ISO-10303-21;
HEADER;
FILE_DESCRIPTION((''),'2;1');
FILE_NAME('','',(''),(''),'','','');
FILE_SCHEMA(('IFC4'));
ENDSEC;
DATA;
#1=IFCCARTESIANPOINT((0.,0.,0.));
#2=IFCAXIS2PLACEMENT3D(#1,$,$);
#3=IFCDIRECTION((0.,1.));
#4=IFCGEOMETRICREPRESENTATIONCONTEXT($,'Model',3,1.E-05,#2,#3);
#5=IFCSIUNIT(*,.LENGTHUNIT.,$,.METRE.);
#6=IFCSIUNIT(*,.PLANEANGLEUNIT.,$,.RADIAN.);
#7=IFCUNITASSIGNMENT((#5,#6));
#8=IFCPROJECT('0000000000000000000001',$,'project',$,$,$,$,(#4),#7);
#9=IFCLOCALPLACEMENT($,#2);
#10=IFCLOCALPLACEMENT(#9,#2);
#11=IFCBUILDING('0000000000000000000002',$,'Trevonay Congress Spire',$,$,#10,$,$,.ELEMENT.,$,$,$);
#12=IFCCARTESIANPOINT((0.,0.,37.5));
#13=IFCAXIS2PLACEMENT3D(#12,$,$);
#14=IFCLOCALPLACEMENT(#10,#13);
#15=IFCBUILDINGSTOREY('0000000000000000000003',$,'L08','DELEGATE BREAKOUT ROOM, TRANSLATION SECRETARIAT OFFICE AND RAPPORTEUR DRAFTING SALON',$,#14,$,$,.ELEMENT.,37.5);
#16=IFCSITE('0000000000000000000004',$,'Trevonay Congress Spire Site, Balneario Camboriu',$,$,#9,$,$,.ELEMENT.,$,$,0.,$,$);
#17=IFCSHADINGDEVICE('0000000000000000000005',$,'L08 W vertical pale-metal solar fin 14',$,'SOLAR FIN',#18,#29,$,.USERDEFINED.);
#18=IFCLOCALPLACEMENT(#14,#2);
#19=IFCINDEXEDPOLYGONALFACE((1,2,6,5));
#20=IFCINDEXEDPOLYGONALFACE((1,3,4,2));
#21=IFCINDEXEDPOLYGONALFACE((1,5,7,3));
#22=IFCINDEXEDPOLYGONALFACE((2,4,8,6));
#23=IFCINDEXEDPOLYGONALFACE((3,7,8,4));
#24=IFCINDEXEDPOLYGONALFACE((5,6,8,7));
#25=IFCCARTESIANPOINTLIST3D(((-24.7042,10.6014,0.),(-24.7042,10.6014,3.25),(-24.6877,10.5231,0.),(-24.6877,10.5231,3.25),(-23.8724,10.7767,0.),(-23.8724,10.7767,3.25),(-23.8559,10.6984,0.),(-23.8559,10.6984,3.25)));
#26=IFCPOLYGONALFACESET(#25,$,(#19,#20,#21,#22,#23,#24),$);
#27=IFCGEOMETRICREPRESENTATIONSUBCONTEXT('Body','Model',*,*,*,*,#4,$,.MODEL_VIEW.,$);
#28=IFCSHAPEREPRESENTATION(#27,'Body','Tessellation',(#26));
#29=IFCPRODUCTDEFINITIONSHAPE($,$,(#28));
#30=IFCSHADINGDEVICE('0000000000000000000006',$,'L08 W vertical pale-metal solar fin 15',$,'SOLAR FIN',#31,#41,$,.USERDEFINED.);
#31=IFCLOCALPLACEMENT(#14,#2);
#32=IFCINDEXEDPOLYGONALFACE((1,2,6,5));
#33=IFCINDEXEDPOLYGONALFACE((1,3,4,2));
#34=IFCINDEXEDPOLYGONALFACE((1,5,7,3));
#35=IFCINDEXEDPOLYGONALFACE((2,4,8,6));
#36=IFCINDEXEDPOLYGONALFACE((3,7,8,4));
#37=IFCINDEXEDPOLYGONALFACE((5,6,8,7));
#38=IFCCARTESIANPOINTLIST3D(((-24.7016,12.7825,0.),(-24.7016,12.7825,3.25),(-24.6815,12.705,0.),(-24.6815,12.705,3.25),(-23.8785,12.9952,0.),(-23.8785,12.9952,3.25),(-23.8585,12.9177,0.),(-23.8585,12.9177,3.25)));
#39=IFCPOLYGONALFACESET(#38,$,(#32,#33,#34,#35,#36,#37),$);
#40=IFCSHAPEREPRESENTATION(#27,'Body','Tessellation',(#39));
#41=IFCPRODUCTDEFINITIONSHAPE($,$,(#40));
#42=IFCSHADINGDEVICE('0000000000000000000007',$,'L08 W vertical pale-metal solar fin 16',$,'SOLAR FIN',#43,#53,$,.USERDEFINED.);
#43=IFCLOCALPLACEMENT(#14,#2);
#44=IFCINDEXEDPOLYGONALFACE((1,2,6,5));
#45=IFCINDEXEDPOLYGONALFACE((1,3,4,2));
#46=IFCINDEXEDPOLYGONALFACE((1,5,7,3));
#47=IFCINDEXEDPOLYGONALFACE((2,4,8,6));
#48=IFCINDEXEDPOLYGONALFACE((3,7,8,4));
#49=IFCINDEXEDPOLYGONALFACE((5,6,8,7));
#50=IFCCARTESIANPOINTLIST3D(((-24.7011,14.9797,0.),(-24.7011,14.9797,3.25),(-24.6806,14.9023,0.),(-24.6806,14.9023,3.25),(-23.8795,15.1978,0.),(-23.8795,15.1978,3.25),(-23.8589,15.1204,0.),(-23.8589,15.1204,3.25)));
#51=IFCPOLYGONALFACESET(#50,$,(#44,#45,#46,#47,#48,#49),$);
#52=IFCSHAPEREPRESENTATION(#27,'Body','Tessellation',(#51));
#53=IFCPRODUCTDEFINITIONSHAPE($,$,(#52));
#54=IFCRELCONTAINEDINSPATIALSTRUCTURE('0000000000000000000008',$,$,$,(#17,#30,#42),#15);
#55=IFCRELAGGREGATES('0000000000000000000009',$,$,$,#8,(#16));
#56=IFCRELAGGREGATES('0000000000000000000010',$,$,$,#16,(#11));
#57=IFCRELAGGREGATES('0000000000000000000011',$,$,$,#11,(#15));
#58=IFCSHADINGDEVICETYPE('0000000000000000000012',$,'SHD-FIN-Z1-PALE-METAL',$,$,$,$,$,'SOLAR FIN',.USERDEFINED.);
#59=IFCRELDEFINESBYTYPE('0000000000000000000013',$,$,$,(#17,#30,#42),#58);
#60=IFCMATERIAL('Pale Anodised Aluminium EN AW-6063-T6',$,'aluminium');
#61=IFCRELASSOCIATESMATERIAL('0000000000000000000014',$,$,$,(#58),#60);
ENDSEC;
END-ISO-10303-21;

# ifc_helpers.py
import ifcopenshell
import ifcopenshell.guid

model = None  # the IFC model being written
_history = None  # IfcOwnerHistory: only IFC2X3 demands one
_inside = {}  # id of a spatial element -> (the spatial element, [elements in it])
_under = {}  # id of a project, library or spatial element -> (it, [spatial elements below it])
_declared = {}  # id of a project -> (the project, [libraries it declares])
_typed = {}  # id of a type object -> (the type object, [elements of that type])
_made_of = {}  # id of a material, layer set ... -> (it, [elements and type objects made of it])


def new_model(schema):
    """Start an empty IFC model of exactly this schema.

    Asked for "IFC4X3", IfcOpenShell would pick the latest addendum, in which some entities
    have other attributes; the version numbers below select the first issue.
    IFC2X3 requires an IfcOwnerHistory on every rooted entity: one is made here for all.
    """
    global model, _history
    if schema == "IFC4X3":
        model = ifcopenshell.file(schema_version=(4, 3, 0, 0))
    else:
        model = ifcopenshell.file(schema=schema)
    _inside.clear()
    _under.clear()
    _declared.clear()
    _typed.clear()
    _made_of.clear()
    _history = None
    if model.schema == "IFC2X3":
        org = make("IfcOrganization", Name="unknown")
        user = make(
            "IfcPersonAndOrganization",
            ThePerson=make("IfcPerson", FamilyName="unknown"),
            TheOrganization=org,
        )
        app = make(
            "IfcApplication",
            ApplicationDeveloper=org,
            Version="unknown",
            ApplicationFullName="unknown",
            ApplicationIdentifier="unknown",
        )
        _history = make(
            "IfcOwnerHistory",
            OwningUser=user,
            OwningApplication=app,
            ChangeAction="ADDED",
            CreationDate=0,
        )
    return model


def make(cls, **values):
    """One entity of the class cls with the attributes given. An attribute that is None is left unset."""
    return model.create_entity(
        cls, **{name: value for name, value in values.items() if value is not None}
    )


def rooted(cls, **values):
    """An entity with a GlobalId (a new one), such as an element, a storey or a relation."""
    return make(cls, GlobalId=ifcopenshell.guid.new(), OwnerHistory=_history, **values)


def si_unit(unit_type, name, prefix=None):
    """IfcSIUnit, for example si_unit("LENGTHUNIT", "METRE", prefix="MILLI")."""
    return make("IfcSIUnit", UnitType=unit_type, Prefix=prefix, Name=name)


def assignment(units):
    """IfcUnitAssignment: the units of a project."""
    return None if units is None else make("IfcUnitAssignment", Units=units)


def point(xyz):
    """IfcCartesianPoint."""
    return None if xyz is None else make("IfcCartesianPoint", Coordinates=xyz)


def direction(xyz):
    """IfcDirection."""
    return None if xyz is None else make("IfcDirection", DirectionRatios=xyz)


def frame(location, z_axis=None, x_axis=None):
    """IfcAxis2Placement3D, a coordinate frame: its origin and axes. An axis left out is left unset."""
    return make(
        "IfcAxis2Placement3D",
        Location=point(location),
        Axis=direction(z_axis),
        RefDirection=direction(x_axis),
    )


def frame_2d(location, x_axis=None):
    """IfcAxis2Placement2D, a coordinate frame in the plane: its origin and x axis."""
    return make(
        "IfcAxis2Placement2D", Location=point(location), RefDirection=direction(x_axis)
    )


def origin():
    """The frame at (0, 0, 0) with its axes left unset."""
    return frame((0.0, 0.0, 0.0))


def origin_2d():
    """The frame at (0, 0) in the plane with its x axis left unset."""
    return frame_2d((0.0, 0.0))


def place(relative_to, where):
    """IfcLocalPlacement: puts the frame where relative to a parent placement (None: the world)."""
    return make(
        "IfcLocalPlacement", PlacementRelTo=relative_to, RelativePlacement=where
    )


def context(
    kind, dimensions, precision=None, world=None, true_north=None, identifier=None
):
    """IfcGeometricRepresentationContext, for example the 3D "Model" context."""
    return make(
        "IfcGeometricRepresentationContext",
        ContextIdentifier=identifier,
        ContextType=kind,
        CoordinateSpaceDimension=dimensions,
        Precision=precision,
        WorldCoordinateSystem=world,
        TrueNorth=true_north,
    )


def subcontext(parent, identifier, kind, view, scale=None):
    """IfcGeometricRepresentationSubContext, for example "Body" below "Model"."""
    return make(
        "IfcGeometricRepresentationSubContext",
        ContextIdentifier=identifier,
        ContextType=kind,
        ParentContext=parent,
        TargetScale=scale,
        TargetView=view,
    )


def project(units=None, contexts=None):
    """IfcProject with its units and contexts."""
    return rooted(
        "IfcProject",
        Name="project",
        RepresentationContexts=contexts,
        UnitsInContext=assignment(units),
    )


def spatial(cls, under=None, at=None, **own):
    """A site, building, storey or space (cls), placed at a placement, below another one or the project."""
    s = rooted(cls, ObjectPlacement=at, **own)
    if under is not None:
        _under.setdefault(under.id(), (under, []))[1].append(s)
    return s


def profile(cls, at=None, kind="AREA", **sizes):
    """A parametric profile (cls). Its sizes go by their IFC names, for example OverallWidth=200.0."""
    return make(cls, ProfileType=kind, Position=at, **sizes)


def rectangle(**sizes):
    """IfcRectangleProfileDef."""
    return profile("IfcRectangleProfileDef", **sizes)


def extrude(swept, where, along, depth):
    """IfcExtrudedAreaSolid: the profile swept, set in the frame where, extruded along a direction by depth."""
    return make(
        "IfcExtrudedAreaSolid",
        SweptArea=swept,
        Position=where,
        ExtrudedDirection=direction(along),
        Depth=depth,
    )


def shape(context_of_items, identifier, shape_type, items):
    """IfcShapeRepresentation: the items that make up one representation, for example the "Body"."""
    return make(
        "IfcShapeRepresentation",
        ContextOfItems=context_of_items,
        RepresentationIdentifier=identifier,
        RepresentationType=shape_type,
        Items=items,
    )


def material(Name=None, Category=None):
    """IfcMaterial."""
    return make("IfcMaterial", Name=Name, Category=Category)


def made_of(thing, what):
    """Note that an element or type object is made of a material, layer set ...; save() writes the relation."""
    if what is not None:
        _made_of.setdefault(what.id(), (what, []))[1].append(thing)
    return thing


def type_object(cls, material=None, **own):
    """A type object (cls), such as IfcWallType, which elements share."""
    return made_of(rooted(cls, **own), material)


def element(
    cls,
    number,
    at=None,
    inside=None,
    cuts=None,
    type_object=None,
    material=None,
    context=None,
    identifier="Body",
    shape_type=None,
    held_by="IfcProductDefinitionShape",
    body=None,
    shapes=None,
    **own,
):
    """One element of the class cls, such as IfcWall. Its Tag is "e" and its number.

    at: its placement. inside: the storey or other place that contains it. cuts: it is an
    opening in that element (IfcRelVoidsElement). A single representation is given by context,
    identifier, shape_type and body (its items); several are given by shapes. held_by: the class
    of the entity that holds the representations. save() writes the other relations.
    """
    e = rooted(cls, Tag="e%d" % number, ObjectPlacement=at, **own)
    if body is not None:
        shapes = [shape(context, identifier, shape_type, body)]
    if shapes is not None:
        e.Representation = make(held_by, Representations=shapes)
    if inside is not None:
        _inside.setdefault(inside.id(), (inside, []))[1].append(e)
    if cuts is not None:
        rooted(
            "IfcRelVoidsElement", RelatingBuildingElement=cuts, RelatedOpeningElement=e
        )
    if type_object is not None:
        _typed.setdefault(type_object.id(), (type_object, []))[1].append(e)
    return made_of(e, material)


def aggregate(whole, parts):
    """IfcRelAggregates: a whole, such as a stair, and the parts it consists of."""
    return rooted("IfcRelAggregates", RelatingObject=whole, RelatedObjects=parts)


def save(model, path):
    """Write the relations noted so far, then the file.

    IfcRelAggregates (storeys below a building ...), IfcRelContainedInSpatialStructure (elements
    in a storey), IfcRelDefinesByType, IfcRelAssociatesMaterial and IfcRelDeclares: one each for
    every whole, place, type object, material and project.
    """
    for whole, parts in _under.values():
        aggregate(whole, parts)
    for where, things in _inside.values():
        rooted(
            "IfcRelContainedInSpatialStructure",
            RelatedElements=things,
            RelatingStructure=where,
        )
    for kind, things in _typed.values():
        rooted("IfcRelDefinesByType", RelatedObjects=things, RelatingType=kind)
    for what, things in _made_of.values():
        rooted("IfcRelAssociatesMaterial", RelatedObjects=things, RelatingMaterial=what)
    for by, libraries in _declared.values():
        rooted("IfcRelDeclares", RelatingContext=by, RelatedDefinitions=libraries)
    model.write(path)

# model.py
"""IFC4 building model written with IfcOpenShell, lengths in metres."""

from ifc_helpers import new_model, si_unit, direction, frame, origin, origin_2d, place, context, subcontext, project, spatial, rectangle, extrude, material, type_object, element, save


model = new_model("IFC4")

# Units and contexts
model_context = context("Model", 3, precision=1e-05, world=origin(), true_north=direction((0.0, 1.0)))
body_context = subcontext(model_context, "Body", "Model", "MODEL_VIEW")
ifc_project = project(units=[si_unit("LENGTHUNIT", "METRE"), si_unit("PLANEANGLEUNIT", "RADIAN")], contexts=[model_context])

# Site, building, storey
site_placement = place(None, origin())
site = spatial("IfcSite", under=ifc_project, at=site_placement, Name="Trevonay Congress Spire Site, Balneario Camboriu", CompositionType="ELEMENT", RefElevation=0.0)
building_placement = place(site_placement, origin())
building = spatial("IfcBuilding", under=site, at=building_placement, Name="Trevonay Congress Spire", CompositionType="ELEMENT")
storey_placement = place(building_placement, frame((0.0, 0.0, 37.5)))
storey = spatial("IfcBuildingStorey", under=building, at=storey_placement, Name="L08", Description="DELEGATE BREAKOUT ROOM, TRANSLATION SECRETARIAT OFFICE AND RAPPORTEUR DRAFTING SALON", CompositionType="ELEMENT", Elevation=37.5)

# Shared definitions
ifc_material_1 = material(Name="Pale Anodised Aluminium EN AW-6063-T6", Category="aluminium")

# Shading devices
shading_device_type = type_object("IfcShadingDeviceType", Name="SHD-FIN-Z1-PALE-METAL", ElementType="SOLAR FIN", PredefinedType="USERDEFINED", material=ifc_material_1)
for number, where, z_axis, x_axis, name in (
    (1, (-24.28, 10.6499, 0.0), (0.0, 0.0, 1.0), (-0.206204, 0.978509, 0.0), "L08 W vertical pale-metal solar fin 14"),
    (2, (-24.28, 12.8501, 0.0), (0.0, 0.0, 1.0), (-0.250211, 0.968191, 0.0), "L08 W vertical pale-metal solar fin 15"),
    (3, (-24.28, 15.05, 0.0), (0.0, 0.0, 1.0), (-0.256627, 0.966511, 0.0), "L08 W vertical pale-metal solar fin 16"),
):
    element("IfcShadingDevice", number, at=place(storey_placement, frame(where, z_axis=z_axis, x_axis=x_axis)), inside=storey, type_object=shading_device_type, Name=name, ObjectType="SOLAR FIN", PredefinedType="USERDEFINED", context=body_context, shape_type="SweptSolid", body=[
        extrude(rectangle(XDim=0.0801, YDim=0.8501, at=origin_2d()), origin(), (0.0, 0.0, 1.0), 3.25),
    ])

save(model, "model.ifc")
